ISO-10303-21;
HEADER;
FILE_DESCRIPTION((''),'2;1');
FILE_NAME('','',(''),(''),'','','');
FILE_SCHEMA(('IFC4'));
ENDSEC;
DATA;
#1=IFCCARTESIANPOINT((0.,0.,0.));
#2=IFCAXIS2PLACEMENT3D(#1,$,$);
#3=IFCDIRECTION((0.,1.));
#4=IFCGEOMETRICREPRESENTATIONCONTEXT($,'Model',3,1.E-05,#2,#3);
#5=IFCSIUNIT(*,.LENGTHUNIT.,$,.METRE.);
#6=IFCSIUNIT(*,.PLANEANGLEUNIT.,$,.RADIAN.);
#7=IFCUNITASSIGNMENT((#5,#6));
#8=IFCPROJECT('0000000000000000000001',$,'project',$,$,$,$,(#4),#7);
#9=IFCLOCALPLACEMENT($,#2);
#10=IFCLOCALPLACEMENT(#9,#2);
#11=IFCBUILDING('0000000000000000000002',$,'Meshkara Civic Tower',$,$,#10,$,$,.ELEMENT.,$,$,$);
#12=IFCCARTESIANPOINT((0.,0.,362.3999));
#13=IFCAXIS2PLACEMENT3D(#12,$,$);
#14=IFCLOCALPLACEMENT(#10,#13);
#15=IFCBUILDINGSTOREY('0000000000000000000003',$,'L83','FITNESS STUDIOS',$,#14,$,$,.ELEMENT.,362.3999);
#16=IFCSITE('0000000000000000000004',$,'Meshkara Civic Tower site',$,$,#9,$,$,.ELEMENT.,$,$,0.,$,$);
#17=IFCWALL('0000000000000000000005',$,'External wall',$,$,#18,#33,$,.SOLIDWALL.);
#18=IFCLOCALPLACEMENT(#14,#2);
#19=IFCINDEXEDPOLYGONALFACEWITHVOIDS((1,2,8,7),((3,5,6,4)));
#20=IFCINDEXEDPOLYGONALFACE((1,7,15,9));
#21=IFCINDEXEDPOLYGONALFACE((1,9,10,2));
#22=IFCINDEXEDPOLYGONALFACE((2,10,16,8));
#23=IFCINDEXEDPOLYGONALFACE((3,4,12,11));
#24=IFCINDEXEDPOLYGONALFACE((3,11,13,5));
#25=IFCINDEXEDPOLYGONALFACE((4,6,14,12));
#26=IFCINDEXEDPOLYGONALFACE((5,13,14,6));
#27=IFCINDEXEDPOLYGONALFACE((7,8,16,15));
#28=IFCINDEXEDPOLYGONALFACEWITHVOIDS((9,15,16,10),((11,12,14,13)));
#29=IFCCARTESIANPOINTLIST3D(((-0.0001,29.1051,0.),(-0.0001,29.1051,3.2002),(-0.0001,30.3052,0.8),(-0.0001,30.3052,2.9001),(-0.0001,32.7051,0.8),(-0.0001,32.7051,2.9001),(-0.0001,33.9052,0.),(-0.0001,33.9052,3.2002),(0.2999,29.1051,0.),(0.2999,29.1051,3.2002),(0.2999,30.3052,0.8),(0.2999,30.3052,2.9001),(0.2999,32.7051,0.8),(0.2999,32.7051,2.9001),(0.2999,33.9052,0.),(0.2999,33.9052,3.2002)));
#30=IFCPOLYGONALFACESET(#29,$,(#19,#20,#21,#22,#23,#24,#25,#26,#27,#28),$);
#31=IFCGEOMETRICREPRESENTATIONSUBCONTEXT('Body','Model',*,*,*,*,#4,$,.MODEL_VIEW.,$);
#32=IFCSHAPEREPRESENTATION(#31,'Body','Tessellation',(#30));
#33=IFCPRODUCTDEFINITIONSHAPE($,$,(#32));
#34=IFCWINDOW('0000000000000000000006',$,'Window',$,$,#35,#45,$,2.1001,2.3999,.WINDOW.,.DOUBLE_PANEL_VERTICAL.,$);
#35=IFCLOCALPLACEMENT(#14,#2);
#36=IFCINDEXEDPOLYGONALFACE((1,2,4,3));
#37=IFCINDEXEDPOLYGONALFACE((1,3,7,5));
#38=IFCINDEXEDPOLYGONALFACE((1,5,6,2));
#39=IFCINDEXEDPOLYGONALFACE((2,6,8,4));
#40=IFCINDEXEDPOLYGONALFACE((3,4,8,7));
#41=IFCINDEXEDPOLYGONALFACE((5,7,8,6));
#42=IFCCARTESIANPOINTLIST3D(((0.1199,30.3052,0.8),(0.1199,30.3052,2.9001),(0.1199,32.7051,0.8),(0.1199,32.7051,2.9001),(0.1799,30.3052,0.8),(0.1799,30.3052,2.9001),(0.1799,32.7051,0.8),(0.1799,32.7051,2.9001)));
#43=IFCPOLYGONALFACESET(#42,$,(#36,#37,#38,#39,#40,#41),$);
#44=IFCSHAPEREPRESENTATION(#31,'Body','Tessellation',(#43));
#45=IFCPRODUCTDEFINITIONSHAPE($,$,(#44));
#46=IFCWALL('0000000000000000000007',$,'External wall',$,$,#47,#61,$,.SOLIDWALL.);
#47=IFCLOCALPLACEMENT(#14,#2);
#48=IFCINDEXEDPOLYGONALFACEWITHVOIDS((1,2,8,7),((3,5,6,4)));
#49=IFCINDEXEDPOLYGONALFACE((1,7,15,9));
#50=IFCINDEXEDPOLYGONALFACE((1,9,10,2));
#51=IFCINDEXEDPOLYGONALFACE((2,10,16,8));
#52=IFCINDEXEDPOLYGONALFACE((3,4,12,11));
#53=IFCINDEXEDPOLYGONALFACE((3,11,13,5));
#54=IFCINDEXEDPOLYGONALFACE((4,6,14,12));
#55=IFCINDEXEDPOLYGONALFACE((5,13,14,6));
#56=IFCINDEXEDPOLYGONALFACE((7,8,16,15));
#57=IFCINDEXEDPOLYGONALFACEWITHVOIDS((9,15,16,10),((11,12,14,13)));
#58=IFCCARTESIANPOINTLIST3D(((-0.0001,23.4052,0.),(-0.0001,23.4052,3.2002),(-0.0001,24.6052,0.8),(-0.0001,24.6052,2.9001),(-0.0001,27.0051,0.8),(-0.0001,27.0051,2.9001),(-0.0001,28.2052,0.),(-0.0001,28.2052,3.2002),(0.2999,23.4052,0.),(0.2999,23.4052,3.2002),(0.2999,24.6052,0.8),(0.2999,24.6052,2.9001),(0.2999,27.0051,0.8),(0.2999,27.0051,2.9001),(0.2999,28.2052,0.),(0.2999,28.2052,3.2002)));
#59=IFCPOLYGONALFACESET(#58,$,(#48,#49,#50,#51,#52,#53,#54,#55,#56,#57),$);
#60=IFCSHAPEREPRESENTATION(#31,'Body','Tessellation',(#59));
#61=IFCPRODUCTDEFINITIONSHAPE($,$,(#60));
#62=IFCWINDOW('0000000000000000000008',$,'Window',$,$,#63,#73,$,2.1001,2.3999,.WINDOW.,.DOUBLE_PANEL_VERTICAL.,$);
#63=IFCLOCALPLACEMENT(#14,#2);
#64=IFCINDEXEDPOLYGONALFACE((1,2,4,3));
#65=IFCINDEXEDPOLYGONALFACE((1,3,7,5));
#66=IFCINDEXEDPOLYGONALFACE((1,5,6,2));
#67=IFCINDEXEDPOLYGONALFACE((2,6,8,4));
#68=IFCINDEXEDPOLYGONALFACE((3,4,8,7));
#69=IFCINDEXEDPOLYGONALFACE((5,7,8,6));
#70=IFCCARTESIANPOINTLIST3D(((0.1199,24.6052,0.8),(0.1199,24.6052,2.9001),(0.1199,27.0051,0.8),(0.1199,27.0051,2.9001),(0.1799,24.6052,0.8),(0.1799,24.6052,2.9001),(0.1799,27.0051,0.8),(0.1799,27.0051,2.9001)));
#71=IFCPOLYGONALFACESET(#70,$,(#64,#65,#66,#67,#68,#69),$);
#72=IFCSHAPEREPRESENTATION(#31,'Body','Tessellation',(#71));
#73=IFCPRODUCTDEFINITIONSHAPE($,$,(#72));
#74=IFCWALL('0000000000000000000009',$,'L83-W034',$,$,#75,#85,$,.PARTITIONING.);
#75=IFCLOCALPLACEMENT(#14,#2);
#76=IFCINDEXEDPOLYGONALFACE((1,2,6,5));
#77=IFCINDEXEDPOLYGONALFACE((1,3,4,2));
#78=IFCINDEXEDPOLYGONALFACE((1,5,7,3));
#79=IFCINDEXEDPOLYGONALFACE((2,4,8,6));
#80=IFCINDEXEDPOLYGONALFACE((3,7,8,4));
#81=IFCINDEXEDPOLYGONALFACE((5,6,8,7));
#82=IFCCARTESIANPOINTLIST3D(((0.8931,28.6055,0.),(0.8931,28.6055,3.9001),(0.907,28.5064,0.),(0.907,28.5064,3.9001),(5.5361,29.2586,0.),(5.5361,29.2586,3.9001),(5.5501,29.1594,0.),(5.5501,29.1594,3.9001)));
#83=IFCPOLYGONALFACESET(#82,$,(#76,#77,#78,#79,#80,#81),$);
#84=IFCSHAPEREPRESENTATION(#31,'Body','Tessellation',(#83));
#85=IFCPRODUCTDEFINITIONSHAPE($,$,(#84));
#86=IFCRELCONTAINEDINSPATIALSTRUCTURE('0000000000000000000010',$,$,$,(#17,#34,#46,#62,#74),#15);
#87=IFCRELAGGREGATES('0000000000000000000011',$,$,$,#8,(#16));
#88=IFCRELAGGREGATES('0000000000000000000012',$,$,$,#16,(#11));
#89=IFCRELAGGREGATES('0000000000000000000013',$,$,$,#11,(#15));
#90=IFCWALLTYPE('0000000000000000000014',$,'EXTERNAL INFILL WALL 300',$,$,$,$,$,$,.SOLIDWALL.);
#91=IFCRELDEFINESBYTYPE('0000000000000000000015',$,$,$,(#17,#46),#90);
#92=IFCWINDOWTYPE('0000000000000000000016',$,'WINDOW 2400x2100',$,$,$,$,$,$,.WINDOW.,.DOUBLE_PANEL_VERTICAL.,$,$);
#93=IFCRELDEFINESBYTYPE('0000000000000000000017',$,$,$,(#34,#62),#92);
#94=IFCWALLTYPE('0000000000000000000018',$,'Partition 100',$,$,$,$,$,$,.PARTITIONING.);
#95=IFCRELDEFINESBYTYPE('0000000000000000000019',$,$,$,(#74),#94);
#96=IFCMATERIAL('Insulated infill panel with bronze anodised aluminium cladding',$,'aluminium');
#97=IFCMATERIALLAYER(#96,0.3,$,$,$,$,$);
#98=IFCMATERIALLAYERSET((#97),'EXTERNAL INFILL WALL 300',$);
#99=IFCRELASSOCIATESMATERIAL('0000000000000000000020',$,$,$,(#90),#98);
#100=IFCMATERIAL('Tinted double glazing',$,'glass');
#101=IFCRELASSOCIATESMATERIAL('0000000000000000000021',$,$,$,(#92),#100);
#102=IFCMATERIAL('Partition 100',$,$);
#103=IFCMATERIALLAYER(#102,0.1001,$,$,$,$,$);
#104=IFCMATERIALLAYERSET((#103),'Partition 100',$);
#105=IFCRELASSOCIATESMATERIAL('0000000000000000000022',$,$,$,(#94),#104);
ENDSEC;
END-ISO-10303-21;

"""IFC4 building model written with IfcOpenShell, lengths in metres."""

from ifc_helpers import new_model, si_unit, direction, frame, frame_2d, origin, place, context, subcontext, project, spatial, rectangle, extrude, material, layer, layer_set, type_object, element, fill, save


model = new_model("IFC4")

# Units and contexts
model_context = context("Model", 3, precision=1e-05, world=origin(), true_north=direction((0.0, 1.0)))
body_context = subcontext(model_context, "Body", "Model", "MODEL_VIEW")
ifc_project = project(units=[si_unit("LENGTHUNIT", "METRE"), si_unit("PLANEANGLEUNIT", "RADIAN")], contexts=[model_context])

# Site, building, storey
site_placement = place(None, origin())
site = spatial("IfcSite", under=ifc_project, at=site_placement, Name="Meshkara Civic Tower site", CompositionType="ELEMENT", RefElevation=0.0)
building_placement = place(site_placement, origin())
building = spatial("IfcBuilding", under=site, at=building_placement, Name="Meshkara Civic Tower", CompositionType="ELEMENT")
storey_placement = place(building_placement, frame((0.0, 0.0, 362.3999)))
storey = spatial("IfcBuildingStorey", under=building, at=storey_placement, Name="L83", Description="FITNESS STUDIOS", CompositionType="ELEMENT", Elevation=362.3999)

# Walls, openings, windows
ifc_material_1 = material(Name="Insulated infill panel with bronze anodised aluminium cladding", Category="aluminium")
ifc_layer_1 = layer(ifc_material_1, 0.3)
ifc_layer_set_1 = layer_set([ifc_layer_1], Name="EXTERNAL INFILL WALL 300")
wall_type_1 = type_object("IfcWallType", Name="EXTERNAL INFILL WALL 300", PredefinedType="SOLIDWALL", material=ifc_layer_set_1)
wall_1_placement = place(storey_placement, frame((0.1499, 33.905, 0.0), z_axis=(0.0, 0.0, 1.0), x_axis=(0.0, -1.0, 0.0)))
wall_1 = element("IfcWall", 1, at=wall_1_placement, inside=storey, type_object=wall_type_1, Name="External wall", PredefinedType="SOLIDWALL", context=body_context, shape_type="SweptSolid", body=[
    extrude(rectangle(XDim=4.8, YDim=0.3, at=frame_2d((2.3999, 0.0))), origin(), (0.0, 0.0, 1.0), 3.2002),
])
opening_1_placement = place(wall_1_placement, frame((1.2, 0.0, 0.8)))
opening_1 = element("IfcOpeningElement", 2, at=opening_1_placement, cuts=wall_1, PredefinedType="OPENING", context=body_context, shape_type="SweptSolid", body=[
    extrude(rectangle(XDim=2.3999, YDim=2.1001, at=frame_2d((1.2, 1.05))), frame((0.0, 0.1599, 0.0), z_axis=(0.0, -1.0, 0.0), x_axis=(1.0, 0.0, 0.0)), (0.0, 0.0, 1.0), 0.3201),
])
ifc_material_2 = material(Name="Tinted double glazing", Category="glass")
window_type = type_object("IfcWindowType", Name="WINDOW 2400x2100", PartitioningType="DOUBLE_PANEL_VERTICAL", PredefinedType="WINDOW", material=ifc_material_2)
window_1_placement = place(opening_1_placement, origin())
window_1 = element("IfcWindow", 3, at=window_1_placement, inside=storey, type_object=window_type, Name="Window", OverallHeight=2.1001, OverallWidth=2.3999, PartitioningType="DOUBLE_PANEL_VERTICAL", PredefinedType="WINDOW", context=body_context, shape_type="SweptSolid", body=[
    extrude(rectangle(XDim=2.3999, YDim=2.1001, at=frame_2d((1.2, 1.05))), frame((0.0, 0.03, 0.0), z_axis=(0.0, -1.0, 0.0), x_axis=(1.0, 0.0, 0.0)), (0.0, 0.0, 1.0), 0.0601),
])
fill(opening_1, window_1)
wall_2_placement = place(storey_placement, frame((0.1499, 28.2051, 0.0), z_axis=(0.0, 0.0, 1.0), x_axis=(0.0, -1.0, 0.0)))
wall_2 = element("IfcWall", 4, at=wall_2_placement, inside=storey, type_object=wall_type_1, Name="External wall", PredefinedType="SOLIDWALL", context=body_context, shape_type="SweptSolid", body=[
    extrude(rectangle(XDim=4.8, YDim=0.3, at=frame_2d((2.3999, 0.0))), origin(), (0.0, 0.0, 1.0), 3.2002),
])
opening_2_placement = place(wall_2_placement, frame((1.2, 0.0, 0.8)))
opening_2 = element("IfcOpeningElement", 5, at=opening_2_placement, cuts=wall_2, PredefinedType="OPENING", context=body_context, shape_type="SweptSolid", body=[
    extrude(rectangle(XDim=2.3999, YDim=2.1001, at=frame_2d((1.2, 1.05))), frame((0.0, 0.1599, 0.0), z_axis=(0.0, -1.0, 0.0), x_axis=(1.0, 0.0, 0.0)), (0.0, 0.0, 1.0), 0.3201),
])
window_2_placement = place(opening_2_placement, origin())
window_2 = element("IfcWindow", 6, at=window_2_placement, inside=storey, type_object=window_type, Name="Window", OverallHeight=2.1001, OverallWidth=2.3999, PartitioningType="DOUBLE_PANEL_VERTICAL", PredefinedType="WINDOW", context=body_context, shape_type="SweptSolid", body=[
    extrude(rectangle(XDim=2.3999, YDim=2.1001, at=frame_2d((1.2, 1.05))), frame((0.0, 0.03, 0.0), z_axis=(0.0, -1.0, 0.0), x_axis=(1.0, 0.0, 0.0)), (0.0, 0.0, 1.0), 0.0601),
])
fill(opening_2, window_2)

# Wall
ifc_material_3 = material(Name="Partition 100")
ifc_layer_2 = layer(ifc_material_3, 0.1001)
ifc_layer_set_2 = layer_set([ifc_layer_2], Name="Partition 100")
wall_type_2 = type_object("IfcWallType", Name="Partition 100", PredefinedType="PARTITIONING", material=ifc_layer_set_2)
wall_3_placement = place(storey_placement, frame((5.543, 29.209, 0.0), z_axis=(0.0, 0.0, 1.0), x_axis=(-0.990252, -0.139285, 0.0)))
element("IfcWall", 7, at=wall_3_placement, inside=storey, type_object=wall_type_2, Name="L83-W034", PredefinedType="PARTITIONING", context=body_context, shape_type="SweptSolid", body=[
    extrude(rectangle(XDim=4.6887, YDim=0.1001, at=frame_2d((2.3442, 0.0))), origin(), (0.0, 0.0, 1.0), 3.9001),
])

save(model, "model.ifc")
